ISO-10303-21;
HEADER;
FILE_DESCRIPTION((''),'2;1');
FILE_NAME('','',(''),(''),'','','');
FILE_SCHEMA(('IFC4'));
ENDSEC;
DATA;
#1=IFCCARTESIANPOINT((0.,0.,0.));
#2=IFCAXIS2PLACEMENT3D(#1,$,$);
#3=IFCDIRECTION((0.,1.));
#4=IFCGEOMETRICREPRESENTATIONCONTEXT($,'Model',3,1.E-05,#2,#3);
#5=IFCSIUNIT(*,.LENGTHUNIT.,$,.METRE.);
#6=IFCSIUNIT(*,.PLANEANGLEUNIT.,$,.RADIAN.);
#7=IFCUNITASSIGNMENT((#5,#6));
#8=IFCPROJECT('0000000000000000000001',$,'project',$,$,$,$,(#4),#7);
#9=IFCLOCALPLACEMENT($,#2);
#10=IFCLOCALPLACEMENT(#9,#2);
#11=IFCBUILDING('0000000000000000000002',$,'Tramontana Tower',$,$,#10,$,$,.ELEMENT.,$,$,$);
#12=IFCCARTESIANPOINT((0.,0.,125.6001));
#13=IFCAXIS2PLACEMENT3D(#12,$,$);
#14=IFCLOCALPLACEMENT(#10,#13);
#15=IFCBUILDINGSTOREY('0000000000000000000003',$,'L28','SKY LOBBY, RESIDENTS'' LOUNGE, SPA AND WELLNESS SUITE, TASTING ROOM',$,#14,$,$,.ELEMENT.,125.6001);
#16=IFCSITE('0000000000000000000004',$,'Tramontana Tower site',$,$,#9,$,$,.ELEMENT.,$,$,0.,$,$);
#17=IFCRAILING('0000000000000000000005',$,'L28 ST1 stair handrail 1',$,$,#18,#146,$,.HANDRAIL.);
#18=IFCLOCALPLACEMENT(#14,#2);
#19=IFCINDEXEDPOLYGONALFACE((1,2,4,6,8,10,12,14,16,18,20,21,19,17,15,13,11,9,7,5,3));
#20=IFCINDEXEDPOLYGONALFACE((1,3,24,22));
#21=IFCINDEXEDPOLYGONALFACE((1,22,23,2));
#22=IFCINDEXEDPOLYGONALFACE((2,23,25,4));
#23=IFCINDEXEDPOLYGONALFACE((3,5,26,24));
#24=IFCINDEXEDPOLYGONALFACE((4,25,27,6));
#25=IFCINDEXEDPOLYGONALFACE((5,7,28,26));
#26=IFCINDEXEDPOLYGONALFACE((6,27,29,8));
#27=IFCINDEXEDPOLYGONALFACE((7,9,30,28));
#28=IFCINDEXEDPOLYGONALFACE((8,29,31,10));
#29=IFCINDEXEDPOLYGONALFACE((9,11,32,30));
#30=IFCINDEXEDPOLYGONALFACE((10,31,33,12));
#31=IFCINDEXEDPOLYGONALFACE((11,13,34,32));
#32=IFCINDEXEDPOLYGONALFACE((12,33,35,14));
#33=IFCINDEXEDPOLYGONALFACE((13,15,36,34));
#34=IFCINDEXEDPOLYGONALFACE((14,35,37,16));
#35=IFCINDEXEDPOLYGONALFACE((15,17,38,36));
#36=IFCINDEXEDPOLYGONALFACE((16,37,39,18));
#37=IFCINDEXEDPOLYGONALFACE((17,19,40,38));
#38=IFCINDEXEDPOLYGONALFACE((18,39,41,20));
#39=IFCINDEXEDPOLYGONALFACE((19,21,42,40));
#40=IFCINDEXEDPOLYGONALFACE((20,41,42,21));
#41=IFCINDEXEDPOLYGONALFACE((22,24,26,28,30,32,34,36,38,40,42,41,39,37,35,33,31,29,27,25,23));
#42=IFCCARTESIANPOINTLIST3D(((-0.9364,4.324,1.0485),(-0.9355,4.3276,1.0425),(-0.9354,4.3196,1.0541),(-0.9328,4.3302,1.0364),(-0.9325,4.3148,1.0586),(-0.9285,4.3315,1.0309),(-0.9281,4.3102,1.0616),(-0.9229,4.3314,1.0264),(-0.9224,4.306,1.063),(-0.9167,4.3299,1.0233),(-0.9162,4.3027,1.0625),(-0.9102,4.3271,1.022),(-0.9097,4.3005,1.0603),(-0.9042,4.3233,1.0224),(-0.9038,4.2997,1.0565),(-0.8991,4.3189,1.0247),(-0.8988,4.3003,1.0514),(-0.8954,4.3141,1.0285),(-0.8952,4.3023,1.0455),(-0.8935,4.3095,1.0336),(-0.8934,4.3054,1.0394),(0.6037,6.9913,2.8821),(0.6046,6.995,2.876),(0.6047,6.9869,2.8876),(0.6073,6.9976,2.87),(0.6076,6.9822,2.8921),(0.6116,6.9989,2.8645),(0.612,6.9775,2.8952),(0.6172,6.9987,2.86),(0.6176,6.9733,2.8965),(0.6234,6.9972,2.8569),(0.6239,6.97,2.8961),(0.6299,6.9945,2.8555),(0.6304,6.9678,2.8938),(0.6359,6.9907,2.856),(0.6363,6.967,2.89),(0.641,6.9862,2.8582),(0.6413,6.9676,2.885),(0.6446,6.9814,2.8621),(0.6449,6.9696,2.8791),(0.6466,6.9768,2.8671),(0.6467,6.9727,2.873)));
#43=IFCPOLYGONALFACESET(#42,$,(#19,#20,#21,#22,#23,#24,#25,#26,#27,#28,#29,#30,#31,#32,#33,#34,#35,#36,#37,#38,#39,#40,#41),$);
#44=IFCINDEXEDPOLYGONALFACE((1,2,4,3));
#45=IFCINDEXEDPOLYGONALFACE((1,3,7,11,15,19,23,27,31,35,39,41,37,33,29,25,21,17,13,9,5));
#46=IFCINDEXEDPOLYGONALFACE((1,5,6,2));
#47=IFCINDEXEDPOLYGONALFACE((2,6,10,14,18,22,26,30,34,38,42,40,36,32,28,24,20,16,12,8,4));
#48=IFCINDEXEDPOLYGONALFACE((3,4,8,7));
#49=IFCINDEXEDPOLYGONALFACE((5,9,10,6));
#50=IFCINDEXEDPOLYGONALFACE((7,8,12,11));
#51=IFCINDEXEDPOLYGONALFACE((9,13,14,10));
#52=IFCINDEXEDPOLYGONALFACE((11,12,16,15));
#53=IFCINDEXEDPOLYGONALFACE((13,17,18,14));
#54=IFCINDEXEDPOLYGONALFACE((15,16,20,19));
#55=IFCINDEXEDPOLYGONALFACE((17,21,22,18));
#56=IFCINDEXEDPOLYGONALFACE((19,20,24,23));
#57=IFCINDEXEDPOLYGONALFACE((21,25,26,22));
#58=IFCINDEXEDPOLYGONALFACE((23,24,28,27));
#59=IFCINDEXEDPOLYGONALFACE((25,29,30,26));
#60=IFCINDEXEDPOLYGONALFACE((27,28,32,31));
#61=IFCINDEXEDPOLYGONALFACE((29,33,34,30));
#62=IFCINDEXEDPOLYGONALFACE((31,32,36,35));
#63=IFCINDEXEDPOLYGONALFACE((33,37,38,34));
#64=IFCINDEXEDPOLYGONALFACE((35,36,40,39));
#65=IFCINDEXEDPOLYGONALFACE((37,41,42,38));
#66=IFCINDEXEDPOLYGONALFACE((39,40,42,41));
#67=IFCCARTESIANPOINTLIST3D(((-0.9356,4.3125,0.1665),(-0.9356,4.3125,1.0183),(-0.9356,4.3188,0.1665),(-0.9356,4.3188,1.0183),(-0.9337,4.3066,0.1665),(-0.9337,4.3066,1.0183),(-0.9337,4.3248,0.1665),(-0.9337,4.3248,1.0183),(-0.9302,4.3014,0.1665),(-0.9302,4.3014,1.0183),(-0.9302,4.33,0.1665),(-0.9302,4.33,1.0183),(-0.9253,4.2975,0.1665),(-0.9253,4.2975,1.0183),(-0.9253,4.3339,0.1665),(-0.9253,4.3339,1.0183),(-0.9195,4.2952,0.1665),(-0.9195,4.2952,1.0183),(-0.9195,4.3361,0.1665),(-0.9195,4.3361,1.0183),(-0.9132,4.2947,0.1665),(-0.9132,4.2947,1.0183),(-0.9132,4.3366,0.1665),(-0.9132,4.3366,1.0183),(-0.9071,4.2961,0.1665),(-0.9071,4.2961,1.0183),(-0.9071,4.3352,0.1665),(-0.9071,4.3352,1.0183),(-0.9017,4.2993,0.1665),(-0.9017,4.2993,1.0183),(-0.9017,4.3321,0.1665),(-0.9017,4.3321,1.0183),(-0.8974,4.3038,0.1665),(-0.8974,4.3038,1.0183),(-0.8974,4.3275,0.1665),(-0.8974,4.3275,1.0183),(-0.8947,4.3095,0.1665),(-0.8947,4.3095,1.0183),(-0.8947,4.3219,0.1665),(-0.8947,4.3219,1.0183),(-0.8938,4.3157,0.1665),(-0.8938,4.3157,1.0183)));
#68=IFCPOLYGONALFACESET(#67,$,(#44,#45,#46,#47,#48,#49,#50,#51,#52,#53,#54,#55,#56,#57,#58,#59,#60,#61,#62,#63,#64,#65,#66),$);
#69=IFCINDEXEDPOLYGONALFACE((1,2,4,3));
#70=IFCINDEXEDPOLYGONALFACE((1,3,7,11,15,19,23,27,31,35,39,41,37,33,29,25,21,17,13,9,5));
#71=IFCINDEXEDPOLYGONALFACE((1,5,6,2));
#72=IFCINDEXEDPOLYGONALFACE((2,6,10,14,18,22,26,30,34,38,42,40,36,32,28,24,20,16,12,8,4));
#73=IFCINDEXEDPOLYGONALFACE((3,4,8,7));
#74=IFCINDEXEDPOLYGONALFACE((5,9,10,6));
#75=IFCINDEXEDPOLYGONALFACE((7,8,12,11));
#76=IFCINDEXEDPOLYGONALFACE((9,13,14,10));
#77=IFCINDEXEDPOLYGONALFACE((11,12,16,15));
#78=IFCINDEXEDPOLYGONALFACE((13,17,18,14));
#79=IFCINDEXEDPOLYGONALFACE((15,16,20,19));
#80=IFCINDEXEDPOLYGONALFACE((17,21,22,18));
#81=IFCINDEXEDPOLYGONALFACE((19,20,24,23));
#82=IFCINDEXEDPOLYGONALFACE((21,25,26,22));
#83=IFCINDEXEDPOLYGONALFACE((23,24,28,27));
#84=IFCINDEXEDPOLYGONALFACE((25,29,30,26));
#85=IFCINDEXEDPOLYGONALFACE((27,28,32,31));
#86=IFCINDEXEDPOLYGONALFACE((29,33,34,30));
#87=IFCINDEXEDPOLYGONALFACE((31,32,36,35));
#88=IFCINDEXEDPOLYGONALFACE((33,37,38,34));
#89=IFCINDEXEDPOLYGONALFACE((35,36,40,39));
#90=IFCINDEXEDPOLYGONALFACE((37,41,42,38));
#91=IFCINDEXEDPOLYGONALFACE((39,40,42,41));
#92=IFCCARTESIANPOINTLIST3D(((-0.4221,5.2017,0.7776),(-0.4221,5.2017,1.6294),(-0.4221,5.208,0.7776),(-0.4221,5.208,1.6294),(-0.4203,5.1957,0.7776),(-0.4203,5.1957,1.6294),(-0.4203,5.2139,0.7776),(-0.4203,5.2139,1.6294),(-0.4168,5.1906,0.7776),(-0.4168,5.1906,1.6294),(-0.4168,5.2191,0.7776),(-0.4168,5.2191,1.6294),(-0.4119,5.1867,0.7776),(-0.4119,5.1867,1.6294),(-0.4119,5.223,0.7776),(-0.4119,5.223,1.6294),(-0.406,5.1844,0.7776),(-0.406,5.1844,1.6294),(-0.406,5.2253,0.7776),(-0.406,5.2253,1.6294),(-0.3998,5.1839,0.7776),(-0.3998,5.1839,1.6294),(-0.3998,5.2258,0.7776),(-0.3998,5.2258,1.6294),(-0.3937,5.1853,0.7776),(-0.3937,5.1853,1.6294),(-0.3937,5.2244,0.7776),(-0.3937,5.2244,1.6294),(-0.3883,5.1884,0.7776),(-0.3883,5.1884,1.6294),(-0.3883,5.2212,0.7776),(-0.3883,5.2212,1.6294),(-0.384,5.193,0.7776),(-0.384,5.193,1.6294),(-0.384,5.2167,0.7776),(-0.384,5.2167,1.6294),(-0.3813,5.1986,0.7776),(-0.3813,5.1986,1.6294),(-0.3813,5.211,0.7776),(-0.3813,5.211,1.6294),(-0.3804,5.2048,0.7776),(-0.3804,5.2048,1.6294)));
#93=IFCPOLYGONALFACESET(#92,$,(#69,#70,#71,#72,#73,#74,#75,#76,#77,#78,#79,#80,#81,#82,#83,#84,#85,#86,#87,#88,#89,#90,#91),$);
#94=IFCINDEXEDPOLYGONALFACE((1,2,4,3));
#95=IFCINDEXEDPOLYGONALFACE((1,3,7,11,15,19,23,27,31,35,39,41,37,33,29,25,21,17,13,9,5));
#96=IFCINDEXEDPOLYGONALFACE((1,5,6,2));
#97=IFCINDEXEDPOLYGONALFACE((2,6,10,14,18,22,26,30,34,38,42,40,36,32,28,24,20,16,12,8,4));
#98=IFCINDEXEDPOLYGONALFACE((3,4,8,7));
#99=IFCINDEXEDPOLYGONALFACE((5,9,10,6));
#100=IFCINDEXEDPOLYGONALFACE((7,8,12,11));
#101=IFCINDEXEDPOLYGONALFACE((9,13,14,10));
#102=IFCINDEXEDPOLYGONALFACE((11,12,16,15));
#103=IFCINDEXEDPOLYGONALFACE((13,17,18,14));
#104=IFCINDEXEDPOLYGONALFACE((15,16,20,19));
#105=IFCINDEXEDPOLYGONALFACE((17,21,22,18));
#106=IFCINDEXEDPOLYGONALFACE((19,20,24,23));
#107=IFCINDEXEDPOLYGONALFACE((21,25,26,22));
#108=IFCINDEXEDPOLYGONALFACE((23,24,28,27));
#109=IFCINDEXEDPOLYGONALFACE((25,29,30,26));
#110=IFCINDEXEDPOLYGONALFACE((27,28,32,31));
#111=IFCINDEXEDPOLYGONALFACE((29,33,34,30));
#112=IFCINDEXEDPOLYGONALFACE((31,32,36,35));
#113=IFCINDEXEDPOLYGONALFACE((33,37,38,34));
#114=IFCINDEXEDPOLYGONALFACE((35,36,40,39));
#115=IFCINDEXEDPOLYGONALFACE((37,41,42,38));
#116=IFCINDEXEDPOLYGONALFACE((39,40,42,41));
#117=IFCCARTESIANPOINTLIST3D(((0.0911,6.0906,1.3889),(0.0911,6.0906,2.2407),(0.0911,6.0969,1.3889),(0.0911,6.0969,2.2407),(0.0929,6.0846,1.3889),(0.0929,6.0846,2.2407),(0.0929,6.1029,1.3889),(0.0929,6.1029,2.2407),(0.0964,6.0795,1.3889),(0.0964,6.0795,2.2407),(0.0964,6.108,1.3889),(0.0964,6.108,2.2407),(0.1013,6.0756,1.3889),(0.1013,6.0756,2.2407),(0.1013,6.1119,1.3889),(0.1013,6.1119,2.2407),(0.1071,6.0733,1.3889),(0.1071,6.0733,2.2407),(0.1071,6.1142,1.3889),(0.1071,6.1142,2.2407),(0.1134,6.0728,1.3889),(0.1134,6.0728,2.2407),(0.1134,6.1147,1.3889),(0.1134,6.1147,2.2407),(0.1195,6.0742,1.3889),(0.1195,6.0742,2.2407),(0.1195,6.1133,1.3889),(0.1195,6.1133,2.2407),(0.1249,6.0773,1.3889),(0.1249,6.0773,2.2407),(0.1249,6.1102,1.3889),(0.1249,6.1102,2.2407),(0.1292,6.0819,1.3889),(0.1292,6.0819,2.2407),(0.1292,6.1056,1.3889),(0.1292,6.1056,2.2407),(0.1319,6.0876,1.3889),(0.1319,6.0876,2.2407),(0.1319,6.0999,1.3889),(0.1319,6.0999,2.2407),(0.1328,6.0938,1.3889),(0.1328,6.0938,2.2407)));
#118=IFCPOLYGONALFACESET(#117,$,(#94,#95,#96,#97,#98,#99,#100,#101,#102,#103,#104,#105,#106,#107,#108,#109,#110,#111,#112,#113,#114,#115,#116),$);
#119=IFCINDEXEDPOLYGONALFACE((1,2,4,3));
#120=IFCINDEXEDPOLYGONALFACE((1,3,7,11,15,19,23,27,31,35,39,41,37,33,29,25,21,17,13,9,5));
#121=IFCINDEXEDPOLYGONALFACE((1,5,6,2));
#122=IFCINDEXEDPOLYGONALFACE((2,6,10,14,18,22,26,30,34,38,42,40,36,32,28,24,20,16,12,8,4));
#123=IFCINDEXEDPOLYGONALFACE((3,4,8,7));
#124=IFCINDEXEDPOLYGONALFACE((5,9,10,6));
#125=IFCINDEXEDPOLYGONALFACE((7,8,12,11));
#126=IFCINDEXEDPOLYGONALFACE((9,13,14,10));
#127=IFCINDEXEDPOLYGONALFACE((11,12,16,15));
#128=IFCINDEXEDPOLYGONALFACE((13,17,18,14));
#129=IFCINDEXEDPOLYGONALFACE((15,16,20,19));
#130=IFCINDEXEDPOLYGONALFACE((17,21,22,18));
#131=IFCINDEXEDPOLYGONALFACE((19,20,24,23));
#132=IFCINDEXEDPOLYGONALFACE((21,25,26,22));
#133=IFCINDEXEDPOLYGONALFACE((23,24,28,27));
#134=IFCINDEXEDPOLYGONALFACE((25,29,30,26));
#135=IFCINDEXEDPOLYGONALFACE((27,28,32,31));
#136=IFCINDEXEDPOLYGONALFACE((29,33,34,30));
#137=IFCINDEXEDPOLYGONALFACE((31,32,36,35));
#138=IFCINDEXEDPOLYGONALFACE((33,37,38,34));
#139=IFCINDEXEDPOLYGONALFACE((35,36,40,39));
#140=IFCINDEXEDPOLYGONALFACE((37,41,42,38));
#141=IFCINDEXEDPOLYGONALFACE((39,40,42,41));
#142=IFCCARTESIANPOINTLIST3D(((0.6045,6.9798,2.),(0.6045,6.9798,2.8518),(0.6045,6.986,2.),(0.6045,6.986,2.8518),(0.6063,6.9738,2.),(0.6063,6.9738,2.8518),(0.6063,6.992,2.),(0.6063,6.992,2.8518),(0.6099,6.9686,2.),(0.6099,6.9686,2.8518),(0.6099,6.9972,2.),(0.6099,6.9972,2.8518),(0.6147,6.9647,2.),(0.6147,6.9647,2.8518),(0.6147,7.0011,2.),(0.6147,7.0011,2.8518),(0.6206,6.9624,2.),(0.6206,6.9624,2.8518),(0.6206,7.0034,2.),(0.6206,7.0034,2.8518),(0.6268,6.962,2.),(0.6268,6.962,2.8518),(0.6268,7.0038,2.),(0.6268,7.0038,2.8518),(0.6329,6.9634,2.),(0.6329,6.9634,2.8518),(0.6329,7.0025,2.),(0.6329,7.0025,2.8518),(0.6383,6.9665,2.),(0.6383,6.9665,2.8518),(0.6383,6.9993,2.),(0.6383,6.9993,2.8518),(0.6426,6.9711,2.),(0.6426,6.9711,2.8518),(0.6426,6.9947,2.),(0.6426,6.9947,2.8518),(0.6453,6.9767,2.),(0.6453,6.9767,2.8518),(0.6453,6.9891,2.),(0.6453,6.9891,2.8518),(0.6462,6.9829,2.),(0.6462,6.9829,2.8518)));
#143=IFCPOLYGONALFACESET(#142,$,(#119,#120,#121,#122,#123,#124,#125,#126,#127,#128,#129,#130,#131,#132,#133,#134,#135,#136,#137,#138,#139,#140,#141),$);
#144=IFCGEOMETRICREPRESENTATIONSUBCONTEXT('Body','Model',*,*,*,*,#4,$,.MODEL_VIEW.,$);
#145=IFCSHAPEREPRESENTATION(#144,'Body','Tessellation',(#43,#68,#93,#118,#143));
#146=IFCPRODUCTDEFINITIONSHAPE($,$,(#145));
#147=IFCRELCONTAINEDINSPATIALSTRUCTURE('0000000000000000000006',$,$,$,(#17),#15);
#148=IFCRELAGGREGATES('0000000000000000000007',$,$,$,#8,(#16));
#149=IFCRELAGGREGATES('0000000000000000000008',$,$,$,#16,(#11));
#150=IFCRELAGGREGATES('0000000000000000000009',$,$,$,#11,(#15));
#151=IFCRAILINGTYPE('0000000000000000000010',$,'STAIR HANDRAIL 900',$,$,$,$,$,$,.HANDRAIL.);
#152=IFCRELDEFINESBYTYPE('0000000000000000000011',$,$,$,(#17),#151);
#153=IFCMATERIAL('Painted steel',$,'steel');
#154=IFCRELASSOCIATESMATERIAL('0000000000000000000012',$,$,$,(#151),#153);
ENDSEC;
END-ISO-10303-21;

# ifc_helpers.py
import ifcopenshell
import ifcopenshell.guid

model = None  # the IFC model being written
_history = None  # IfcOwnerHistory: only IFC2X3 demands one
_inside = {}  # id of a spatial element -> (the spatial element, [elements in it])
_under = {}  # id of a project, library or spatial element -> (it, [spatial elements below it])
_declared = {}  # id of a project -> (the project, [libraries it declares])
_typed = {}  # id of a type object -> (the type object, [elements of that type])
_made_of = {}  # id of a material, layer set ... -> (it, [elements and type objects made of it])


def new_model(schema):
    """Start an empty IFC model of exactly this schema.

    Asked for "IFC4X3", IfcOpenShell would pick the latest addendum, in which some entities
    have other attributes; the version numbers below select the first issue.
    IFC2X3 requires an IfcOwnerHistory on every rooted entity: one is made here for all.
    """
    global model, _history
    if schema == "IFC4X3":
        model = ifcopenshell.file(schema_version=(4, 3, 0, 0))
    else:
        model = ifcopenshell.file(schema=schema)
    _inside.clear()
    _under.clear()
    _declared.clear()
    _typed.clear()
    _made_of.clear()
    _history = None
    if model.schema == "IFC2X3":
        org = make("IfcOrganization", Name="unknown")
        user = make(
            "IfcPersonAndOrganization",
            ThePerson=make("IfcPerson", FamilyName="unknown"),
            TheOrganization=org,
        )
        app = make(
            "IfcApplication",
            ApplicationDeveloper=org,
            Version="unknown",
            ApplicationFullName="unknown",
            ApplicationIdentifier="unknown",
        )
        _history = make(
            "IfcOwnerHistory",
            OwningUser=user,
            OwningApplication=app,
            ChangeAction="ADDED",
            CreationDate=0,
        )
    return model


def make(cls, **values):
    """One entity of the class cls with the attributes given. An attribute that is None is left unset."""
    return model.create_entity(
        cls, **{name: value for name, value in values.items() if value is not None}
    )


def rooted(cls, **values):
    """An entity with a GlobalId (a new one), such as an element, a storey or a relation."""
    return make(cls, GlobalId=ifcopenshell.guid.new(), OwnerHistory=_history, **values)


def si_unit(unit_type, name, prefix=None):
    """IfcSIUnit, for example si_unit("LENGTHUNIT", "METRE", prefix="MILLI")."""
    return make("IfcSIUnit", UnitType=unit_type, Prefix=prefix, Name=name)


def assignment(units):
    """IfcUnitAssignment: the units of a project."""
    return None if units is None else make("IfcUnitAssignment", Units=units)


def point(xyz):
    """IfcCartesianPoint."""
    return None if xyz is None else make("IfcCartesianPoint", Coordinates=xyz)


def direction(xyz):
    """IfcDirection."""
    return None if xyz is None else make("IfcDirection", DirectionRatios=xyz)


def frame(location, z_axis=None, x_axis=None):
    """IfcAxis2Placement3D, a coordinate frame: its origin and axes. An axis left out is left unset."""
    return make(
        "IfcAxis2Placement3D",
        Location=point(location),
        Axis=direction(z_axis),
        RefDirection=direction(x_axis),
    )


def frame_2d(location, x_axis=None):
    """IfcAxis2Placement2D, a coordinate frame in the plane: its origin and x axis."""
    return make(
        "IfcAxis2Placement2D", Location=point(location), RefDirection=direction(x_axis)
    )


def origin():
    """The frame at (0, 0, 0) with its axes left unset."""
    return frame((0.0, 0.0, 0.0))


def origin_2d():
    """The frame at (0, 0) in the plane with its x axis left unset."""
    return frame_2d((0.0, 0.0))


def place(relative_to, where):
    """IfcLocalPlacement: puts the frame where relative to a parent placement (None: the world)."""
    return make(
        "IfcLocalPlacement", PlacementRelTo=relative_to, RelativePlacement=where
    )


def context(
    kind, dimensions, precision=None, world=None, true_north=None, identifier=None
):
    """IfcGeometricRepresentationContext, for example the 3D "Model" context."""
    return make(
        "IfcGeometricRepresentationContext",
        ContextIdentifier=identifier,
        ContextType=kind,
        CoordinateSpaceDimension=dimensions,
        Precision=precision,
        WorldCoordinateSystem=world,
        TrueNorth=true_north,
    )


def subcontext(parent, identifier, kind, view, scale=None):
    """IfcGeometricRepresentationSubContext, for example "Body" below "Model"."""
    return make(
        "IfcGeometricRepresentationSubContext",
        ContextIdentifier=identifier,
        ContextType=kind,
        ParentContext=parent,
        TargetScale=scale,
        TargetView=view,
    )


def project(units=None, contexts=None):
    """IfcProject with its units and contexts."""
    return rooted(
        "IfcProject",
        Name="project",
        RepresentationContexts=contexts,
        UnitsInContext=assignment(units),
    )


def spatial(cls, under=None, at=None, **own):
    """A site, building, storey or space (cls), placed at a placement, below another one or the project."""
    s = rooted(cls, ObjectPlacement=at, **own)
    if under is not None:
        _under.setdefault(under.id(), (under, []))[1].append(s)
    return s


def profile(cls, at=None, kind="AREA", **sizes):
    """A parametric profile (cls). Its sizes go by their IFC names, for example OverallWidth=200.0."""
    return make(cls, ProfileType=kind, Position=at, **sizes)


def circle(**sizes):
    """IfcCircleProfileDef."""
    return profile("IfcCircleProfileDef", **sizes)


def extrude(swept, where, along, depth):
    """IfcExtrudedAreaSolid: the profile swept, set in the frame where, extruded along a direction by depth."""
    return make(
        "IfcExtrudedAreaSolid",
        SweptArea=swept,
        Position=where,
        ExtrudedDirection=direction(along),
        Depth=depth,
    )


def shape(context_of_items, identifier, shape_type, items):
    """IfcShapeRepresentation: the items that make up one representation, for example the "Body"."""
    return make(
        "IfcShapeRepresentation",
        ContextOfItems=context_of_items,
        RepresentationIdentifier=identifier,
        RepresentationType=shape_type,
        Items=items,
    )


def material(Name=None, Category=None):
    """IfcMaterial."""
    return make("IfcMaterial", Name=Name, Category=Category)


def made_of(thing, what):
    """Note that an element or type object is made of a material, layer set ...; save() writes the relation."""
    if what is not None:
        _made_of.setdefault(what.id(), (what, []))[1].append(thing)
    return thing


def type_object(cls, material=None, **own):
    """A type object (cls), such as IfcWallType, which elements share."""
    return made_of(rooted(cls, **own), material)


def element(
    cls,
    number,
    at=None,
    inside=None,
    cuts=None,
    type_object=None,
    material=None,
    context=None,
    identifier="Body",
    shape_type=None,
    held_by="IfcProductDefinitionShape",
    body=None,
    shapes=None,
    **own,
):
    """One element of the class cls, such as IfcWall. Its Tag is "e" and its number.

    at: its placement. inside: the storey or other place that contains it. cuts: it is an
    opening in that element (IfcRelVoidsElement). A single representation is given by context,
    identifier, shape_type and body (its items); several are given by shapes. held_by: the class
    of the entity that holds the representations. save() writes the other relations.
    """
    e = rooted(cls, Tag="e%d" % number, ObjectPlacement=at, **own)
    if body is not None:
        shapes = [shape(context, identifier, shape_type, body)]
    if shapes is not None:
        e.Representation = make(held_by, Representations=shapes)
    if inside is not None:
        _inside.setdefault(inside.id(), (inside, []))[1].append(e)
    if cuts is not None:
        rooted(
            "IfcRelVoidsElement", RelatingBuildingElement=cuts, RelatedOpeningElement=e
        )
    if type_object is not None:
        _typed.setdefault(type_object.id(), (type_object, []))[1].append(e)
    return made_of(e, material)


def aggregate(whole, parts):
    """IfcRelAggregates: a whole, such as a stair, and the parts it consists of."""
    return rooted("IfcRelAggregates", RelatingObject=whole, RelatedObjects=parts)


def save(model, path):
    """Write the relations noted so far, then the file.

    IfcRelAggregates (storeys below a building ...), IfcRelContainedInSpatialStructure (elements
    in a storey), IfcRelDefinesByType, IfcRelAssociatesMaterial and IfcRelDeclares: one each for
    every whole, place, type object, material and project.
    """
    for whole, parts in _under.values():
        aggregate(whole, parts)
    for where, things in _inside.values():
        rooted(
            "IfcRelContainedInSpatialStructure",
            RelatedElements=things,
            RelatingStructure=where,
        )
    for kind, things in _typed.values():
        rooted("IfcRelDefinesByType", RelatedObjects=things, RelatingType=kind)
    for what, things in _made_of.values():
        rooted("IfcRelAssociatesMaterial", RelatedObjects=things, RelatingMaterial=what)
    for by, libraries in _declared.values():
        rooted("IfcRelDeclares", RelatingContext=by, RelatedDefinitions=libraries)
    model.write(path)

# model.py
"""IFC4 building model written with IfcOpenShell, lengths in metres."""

from ifc_helpers import new_model, si_unit, direction, frame, origin, origin_2d, place, context, subcontext, project, spatial, circle, extrude, material, type_object, element, save


model = new_model("IFC4")

# Units and contexts
model_context = context("Model", 3, precision=1e-05, world=origin(), true_north=direction((0.0, 1.0)))
body_context = subcontext(model_context, "Body", "Model", "MODEL_VIEW")
ifc_project = project(units=[si_unit("LENGTHUNIT", "METRE"), si_unit("PLANEANGLEUNIT", "RADIAN")], contexts=[model_context])

# Site, building, storey
site_placement = place(None, origin())
site = spatial("IfcSite", under=ifc_project, at=site_placement, Name="Tramontana Tower site", CompositionType="ELEMENT", RefElevation=0.0)
building_placement = place(site_placement, origin())
building = spatial("IfcBuilding", under=site, at=building_placement, Name="Tramontana Tower", CompositionType="ELEMENT")
storey_placement = place(building_placement, frame((0.0, 0.0, 125.6001)))
storey = spatial("IfcBuildingStorey", under=building, at=storey_placement, Name="L28", Description="SKY LOBBY, RESIDENTS' LOUNGE, SPA AND WELLNESS SUITE, TASTING ROOM", CompositionType="ELEMENT", Elevation=125.6001)

# Railing
ifc_material_1 = material(Name="Painted steel", Category="steel")
railing_type_1 = type_object("IfcRailingType", Name="STAIR HANDRAIL 900", PredefinedType="HANDRAIL", material=ifc_material_1)
railing_1_placement = place(storey_placement, frame((-0.9148, 4.3157, 0.1665)))
element("IfcRailing", 1, at=railing_1_placement, inside=storey, type_object=railing_type_1, Name="L28 ST1 stair handrail 1", PredefinedType="HANDRAIL", context=body_context, shape_type="SweptSolid", body=[
    extrude(circle(Radius=0.0239, at=origin_2d()), frame((0.0, 0.0, 0.876), z_axis=(0.429656, 0.744134, 0.511528), x_axis=(-0.86601, 0.500027, 0.0)), (0.0, 0.0, 1.0), 3.5845),
    extrude(circle(Radius=0.021, at=origin_2d()), origin(), (0.0, 0.0, 1.0), 0.8518),
    extrude(circle(Radius=0.021, at=origin_2d()), frame((0.5134, 0.8892, 0.6111)), (0.0, 0.0, 1.0), 0.8518),
    extrude(circle(Radius=0.021, at=origin_2d()), frame((1.0266, 1.7781, 1.2224)), (0.0, 0.0, 1.0), 0.8518),
    extrude(circle(Radius=0.021, at=origin_2d()), frame((1.54, 2.6672, 1.8335)), (0.0, 0.0, 1.0), 0.8518),
])

save(model, "model.ifc")
